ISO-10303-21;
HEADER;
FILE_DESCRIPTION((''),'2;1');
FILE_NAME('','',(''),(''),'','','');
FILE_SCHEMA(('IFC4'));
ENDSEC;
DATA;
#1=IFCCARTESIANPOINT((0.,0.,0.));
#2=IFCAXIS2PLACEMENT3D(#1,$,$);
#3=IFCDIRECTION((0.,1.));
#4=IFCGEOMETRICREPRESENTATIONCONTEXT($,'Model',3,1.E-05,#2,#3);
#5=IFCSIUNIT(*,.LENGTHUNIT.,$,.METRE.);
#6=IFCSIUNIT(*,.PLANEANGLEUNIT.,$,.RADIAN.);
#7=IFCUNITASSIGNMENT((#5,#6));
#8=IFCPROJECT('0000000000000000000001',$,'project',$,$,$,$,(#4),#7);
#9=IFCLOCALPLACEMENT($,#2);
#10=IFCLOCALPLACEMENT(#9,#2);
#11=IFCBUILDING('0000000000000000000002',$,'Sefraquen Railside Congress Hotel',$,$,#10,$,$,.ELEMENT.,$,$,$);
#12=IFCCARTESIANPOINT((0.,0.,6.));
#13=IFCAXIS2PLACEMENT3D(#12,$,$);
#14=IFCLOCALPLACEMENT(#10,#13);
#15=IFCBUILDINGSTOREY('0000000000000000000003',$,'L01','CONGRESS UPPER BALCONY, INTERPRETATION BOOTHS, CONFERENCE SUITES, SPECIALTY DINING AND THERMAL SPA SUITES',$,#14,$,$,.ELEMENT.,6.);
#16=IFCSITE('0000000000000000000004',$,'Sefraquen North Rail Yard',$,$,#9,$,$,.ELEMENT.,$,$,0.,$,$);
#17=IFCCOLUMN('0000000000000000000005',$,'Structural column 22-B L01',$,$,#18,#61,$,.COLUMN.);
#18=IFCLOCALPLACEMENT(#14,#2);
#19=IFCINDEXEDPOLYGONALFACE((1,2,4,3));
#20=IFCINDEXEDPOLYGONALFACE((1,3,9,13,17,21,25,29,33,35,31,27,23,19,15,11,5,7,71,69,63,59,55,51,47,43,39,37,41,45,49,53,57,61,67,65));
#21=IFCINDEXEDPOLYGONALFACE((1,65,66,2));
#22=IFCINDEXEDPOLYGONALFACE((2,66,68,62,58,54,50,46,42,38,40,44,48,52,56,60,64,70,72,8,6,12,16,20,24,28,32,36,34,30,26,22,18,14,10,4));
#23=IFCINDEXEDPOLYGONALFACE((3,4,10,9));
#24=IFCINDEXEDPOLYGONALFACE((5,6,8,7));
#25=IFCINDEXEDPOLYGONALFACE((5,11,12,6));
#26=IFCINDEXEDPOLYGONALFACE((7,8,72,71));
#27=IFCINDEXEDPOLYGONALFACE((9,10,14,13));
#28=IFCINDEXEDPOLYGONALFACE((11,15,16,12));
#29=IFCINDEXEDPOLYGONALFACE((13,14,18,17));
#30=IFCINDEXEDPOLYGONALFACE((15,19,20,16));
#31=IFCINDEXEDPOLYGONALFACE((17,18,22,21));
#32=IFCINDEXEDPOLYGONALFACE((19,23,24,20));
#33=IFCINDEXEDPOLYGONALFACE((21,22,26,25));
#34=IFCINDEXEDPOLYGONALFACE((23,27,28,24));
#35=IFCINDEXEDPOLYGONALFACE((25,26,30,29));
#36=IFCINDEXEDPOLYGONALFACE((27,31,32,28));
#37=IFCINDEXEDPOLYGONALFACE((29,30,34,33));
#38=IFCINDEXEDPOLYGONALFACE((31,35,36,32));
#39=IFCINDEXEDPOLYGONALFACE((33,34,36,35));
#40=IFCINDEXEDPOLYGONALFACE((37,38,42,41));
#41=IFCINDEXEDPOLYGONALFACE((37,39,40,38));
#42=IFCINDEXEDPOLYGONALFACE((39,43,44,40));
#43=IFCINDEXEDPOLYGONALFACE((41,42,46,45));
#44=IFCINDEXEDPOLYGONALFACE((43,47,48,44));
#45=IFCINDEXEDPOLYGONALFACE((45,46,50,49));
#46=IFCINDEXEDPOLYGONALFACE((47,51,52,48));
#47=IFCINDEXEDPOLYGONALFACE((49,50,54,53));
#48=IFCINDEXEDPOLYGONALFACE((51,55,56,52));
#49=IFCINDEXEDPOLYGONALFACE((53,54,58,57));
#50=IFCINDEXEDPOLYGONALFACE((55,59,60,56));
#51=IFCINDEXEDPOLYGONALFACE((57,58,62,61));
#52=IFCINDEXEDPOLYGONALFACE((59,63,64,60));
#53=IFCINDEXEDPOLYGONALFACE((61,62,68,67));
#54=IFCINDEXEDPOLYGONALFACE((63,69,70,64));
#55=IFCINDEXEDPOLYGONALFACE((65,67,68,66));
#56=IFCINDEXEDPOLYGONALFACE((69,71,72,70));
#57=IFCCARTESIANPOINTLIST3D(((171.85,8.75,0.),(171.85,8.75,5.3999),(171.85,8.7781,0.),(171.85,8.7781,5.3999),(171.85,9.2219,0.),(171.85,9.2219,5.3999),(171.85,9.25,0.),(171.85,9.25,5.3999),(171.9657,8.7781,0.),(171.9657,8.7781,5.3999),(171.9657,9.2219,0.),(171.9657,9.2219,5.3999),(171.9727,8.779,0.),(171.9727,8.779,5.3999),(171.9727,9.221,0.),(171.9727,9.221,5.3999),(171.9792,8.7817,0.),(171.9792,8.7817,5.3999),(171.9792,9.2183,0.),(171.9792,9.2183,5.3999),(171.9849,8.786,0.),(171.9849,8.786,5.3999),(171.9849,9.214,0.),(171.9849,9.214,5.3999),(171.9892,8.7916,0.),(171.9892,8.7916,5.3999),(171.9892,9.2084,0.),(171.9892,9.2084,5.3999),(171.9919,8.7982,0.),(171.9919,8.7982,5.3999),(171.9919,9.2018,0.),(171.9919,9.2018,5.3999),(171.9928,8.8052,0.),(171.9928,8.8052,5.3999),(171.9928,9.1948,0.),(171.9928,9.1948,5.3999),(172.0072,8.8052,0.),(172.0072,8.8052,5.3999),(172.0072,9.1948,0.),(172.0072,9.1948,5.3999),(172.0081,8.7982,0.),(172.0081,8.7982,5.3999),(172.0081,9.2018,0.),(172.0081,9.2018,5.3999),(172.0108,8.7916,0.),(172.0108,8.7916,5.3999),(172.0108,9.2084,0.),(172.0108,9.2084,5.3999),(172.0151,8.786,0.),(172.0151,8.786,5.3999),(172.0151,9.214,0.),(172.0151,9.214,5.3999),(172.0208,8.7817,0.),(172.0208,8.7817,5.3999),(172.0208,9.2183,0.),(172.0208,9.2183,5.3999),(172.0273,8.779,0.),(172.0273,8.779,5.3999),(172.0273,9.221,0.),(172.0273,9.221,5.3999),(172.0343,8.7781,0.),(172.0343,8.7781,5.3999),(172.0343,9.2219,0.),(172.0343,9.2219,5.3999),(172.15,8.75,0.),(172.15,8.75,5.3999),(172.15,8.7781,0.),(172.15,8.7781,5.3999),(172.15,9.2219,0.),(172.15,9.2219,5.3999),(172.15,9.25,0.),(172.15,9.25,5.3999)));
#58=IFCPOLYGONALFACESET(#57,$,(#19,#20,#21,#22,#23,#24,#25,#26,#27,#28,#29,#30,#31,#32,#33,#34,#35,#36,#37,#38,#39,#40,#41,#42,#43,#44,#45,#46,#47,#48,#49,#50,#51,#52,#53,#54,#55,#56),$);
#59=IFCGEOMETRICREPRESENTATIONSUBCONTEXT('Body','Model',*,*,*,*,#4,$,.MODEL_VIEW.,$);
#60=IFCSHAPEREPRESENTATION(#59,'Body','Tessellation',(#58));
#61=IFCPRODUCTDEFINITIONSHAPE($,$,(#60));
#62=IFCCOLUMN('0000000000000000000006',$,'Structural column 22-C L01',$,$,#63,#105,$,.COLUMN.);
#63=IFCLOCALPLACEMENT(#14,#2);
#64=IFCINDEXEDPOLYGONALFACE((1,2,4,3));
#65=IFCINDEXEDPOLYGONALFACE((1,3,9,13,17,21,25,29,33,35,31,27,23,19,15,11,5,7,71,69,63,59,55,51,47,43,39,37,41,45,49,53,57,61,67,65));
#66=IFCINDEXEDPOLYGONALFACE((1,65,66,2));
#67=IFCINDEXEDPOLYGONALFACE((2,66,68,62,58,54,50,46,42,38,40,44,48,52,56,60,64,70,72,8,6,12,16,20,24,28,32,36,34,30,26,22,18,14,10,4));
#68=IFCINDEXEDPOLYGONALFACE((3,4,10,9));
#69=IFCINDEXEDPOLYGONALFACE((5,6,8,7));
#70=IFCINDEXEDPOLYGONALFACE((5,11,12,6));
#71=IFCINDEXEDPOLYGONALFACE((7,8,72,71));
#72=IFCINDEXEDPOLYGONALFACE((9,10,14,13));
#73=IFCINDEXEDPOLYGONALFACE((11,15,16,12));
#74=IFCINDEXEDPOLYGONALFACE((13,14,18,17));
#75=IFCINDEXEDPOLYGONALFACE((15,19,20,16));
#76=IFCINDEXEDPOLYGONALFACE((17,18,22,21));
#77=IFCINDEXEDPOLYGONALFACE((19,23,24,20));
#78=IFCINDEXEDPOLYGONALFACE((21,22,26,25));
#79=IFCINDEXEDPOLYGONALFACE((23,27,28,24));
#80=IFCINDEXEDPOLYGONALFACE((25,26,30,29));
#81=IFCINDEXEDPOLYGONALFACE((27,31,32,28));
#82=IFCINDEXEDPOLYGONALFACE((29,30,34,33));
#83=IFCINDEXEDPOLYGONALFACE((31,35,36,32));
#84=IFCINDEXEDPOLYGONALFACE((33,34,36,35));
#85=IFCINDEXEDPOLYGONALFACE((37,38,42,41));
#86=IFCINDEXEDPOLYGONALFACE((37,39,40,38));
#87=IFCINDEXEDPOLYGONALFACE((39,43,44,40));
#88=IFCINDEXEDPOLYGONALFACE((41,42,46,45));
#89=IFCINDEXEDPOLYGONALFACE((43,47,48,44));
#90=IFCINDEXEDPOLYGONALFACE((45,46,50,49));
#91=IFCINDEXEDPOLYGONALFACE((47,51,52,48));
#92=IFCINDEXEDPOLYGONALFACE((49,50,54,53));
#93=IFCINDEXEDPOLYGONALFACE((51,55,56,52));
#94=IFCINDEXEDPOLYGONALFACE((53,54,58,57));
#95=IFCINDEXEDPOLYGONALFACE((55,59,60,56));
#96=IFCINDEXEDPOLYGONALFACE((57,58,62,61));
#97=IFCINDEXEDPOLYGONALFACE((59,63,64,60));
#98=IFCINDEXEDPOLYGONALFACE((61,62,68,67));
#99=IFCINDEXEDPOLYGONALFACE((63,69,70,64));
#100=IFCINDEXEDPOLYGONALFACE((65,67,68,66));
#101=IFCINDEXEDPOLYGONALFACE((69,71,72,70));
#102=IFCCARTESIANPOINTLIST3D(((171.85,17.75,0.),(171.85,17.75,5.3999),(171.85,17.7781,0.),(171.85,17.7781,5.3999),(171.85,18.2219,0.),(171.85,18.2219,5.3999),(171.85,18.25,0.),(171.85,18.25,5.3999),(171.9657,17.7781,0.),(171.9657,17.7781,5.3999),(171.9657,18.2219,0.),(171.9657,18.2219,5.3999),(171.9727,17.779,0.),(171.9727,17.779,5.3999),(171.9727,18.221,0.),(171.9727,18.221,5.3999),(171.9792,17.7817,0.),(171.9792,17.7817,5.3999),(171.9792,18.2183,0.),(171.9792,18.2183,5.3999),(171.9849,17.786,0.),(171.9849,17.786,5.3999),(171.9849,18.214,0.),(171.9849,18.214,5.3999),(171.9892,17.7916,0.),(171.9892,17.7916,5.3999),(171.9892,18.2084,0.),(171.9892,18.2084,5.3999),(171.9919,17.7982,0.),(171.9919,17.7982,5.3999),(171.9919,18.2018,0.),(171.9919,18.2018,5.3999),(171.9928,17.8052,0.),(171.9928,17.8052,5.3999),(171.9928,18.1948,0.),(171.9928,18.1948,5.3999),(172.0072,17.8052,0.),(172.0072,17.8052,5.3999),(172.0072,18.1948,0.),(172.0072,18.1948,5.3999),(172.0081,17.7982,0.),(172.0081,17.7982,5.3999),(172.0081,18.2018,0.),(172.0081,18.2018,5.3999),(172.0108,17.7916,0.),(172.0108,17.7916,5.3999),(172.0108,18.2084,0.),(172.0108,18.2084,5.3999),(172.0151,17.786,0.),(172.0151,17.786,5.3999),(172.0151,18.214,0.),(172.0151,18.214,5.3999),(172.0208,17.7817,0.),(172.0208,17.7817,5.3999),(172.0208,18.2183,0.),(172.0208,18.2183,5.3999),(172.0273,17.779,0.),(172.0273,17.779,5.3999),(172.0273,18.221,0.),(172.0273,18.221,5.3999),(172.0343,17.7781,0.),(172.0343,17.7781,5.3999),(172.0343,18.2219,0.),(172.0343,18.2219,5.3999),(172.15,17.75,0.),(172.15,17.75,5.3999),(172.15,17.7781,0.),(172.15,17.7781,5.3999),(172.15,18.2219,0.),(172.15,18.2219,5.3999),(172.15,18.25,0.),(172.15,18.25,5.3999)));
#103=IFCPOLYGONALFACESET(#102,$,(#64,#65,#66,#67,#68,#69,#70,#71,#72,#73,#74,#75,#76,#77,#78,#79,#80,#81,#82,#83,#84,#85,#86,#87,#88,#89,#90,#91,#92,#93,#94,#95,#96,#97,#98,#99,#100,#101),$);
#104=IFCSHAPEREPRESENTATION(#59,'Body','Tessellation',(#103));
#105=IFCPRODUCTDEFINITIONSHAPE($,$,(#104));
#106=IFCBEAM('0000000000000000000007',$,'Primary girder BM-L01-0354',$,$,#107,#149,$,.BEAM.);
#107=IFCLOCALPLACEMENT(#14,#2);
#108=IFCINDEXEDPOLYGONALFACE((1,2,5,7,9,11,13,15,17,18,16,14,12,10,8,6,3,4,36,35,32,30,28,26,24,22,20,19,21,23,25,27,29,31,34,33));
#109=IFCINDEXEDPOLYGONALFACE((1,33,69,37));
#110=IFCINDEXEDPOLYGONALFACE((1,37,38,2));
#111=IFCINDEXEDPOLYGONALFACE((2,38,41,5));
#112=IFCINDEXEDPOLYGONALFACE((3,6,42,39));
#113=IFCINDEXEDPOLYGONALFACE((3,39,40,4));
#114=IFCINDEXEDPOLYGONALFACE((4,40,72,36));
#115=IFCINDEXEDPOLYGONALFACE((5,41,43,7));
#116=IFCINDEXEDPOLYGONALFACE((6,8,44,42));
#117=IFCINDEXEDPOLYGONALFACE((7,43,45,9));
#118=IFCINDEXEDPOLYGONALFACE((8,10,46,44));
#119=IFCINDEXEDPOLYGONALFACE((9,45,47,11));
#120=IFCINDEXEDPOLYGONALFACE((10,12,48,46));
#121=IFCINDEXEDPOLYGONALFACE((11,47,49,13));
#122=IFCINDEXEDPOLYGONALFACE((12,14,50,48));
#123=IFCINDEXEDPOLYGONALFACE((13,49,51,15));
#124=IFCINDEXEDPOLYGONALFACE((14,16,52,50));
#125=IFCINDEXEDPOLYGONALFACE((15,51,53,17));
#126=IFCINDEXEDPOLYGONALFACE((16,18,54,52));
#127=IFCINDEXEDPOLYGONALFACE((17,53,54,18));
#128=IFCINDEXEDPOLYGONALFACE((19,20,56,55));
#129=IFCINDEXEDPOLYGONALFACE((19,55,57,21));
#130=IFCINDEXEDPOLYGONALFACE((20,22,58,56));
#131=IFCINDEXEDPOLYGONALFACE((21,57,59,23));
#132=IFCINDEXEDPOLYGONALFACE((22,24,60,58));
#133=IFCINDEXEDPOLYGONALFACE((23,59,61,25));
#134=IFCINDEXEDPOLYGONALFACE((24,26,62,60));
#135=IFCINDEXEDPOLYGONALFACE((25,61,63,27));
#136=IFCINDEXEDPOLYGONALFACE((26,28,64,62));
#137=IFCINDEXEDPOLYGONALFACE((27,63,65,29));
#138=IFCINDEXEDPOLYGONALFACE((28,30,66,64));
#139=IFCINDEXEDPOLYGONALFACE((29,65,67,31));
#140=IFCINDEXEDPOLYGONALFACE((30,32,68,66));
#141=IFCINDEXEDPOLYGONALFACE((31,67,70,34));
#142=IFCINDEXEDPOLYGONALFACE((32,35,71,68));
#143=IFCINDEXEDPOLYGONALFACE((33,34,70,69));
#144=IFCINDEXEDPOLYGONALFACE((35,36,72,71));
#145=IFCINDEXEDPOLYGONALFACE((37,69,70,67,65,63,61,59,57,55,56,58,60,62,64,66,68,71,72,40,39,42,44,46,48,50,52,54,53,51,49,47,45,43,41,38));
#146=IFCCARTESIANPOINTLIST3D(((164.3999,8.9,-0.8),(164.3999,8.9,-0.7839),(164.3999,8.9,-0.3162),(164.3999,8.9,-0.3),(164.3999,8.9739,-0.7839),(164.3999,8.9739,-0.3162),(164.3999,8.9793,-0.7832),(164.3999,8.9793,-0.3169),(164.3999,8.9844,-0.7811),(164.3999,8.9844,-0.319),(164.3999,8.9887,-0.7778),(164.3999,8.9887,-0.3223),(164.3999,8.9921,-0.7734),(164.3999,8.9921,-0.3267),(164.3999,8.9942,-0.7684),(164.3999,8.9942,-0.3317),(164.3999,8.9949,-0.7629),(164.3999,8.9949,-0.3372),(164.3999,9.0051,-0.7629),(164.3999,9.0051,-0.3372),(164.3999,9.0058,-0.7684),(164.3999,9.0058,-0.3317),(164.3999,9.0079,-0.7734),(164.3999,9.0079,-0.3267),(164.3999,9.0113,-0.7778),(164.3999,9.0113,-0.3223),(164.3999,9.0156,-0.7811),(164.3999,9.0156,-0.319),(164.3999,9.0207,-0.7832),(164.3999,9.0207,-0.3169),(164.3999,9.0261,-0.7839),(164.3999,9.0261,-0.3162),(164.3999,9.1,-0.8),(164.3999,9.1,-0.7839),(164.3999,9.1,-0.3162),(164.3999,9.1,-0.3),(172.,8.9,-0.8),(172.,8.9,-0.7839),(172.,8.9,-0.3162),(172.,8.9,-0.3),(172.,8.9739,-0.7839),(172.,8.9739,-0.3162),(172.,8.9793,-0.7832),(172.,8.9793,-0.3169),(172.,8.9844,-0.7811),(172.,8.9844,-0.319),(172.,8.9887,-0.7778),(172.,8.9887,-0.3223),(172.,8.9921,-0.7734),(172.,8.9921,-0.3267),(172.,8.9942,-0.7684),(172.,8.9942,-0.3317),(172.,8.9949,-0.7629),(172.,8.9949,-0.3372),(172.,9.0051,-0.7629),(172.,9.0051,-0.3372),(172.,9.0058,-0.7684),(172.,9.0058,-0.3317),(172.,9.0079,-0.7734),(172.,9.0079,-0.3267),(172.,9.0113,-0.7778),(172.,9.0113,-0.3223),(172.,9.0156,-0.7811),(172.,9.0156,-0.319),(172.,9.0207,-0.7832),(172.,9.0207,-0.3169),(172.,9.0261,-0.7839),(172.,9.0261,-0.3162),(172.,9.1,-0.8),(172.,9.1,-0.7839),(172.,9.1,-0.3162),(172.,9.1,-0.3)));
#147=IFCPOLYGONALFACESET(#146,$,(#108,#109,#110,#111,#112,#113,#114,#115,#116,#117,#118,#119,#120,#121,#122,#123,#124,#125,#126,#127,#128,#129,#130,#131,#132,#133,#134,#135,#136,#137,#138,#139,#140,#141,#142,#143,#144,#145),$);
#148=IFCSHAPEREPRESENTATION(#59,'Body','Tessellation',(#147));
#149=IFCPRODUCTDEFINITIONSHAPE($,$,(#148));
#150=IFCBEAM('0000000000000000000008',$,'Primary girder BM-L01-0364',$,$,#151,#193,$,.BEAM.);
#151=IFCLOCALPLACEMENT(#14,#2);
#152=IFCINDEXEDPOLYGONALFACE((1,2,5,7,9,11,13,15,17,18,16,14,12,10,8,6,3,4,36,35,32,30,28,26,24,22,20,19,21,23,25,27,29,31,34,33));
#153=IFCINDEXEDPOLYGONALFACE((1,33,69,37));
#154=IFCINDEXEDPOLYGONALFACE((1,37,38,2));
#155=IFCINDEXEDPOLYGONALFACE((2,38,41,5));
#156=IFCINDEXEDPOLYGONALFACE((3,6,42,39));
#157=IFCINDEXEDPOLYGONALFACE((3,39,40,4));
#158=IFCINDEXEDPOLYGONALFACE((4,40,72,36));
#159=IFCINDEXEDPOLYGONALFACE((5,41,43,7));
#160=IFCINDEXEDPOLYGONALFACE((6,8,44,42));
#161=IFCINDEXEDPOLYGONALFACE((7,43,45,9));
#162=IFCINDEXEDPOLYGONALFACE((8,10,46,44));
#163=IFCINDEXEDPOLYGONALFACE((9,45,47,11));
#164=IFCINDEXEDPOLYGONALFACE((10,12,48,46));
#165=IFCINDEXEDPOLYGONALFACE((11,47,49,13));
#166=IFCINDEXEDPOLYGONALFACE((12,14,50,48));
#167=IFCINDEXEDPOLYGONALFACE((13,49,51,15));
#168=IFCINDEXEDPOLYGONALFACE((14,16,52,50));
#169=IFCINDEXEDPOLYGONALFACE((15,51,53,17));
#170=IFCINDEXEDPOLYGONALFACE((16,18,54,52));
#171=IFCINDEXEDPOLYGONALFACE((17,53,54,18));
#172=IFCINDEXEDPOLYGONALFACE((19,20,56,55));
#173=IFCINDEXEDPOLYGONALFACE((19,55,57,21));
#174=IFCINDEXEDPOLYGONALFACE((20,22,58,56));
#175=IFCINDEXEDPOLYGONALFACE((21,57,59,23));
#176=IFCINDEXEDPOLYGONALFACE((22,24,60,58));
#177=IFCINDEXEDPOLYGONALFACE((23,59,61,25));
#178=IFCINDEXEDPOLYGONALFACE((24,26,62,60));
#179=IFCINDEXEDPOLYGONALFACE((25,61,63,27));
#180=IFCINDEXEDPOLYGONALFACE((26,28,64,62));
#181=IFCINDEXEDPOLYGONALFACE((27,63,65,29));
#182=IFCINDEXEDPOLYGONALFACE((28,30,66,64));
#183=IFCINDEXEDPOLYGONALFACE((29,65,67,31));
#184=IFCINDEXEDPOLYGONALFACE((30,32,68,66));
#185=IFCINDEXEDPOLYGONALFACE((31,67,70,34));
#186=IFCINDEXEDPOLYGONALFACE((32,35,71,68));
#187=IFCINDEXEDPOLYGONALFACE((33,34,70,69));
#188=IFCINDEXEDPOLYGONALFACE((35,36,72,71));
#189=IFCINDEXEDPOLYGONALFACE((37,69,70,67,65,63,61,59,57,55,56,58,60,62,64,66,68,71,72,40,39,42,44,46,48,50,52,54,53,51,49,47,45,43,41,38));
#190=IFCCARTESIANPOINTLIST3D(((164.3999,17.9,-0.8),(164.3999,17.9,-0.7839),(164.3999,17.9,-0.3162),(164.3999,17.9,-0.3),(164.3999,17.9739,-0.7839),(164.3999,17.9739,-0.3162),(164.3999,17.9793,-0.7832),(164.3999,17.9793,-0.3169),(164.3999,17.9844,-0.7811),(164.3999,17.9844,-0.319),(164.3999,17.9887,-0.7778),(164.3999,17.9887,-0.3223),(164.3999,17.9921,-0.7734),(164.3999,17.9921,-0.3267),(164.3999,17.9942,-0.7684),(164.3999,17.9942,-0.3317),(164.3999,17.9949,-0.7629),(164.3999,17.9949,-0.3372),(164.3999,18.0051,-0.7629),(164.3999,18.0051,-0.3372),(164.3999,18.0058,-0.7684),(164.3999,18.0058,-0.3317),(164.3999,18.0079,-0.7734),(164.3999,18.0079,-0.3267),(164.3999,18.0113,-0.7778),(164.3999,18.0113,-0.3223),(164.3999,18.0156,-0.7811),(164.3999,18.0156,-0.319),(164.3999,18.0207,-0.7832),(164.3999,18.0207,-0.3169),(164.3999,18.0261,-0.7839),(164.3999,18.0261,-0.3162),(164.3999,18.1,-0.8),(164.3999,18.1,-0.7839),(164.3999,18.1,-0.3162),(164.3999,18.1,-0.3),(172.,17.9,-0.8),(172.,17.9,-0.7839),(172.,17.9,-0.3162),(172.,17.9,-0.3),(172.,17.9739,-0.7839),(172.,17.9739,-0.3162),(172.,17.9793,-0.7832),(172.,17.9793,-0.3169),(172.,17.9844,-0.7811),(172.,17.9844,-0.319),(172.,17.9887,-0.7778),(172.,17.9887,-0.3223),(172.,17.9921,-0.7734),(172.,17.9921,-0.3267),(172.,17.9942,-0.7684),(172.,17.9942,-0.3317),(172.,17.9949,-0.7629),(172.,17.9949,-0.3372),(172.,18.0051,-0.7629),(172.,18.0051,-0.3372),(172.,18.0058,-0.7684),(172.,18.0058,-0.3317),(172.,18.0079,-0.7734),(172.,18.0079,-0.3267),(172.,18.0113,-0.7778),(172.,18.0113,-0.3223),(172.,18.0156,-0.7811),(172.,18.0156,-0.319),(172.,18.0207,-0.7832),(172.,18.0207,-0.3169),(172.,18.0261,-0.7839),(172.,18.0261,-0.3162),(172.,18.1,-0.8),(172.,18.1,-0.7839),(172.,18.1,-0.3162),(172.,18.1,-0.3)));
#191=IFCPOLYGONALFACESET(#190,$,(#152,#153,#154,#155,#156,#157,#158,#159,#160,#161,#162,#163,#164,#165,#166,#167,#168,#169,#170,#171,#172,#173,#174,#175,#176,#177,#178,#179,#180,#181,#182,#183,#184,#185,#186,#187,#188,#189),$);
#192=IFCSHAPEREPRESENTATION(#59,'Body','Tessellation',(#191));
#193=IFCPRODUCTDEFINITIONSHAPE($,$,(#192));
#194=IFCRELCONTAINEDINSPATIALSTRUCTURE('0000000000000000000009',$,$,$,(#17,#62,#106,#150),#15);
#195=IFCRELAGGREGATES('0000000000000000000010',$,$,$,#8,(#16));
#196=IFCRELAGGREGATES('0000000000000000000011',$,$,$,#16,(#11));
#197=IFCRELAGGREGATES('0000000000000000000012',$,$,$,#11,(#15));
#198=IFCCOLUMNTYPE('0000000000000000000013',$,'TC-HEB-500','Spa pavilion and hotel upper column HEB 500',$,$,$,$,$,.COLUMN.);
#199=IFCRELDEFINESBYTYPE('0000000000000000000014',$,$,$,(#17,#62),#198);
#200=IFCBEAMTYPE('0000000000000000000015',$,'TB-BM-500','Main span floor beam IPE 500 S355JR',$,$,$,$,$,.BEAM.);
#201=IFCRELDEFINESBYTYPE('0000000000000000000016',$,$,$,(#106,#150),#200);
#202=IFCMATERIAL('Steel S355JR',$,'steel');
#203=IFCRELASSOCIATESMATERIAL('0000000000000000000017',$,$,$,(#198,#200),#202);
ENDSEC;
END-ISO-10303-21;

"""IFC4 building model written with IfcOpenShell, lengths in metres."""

from ifc_helpers import new_model, si_unit, direction, frame, origin, origin_2d, place, context, subcontext, project, spatial, i_section, extrude, material, material_profile, profile_set, type_object, element, save


model = new_model("IFC4")

# Units and contexts
model_context = context("Model", 3, precision=1e-05, world=origin(), true_north=direction((0.0, 1.0)))
body_context = subcontext(model_context, "Body", "Model", "MODEL_VIEW")
ifc_project = project(units=[si_unit("LENGTHUNIT", "METRE"), si_unit("PLANEANGLEUNIT", "RADIAN")], contexts=[model_context])

# Site, building, storey
site_placement = place(None, origin())
site = spatial("IfcSite", under=ifc_project, at=site_placement, Name="Sefraquen North Rail Yard", CompositionType="ELEMENT", RefElevation=0.0)
building_placement = place(site_placement, origin())
building = spatial("IfcBuilding", under=site, at=building_placement, Name="Sefraquen Railside Congress Hotel", CompositionType="ELEMENT")
storey_placement = place(building_placement, frame((0.0, 0.0, 6.0)))
storey = spatial("IfcBuildingStorey", under=building, at=storey_placement, Name="L01", Description="CONGRESS UPPER BALCONY, INTERPRETATION BOOTHS, CONFERENCE SUITES, SPECIALTY DINING AND THERMAL SPA SUITES", CompositionType="ELEMENT", Elevation=6.0)

# Columns
ifc_material_1 = material(Name="Steel S355JR", Category="steel")
ifc_material_profile_1 = material_profile(ifc_material_1, i_section(OverallWidth=0.3, OverallDepth=0.5, WebThickness=0.0144, FlangeThickness=0.0281, FilletRadius=0.0271, at=origin_2d()), Name="HEB 500")
ifc_profile_set_1 = profile_set([ifc_material_profile_1], Name="Steel S355JR")
column_type = type_object("IfcColumnType", Name="TC-HEB-500", Description="Spa pavilion and hotel upper column HEB 500", PredefinedType="COLUMN", material=ifc_profile_set_1)
for number, where, z_axis, x_axis, name in (
    (1, (172.0, 9.0, 0.0), (0.0, 0.0, 1.0), (1.0, 0.0, 0.0), "Structural column 22-B L01"),
    (2, (172.0, 18.0, 0.0), (0.0, 0.0, 1.0), (1.0, 0.0, 0.0), "Structural column 22-C L01"),
):
    element("IfcColumn", number, at=place(storey_placement, frame(where, z_axis=z_axis, x_axis=x_axis)), inside=storey, type_object=column_type, Name=name, PredefinedType="COLUMN", context=body_context, shape_type="SweptSolid", body=[
        extrude(i_section(OverallWidth=0.3, OverallDepth=0.5, WebThickness=0.0144, FlangeThickness=0.0281, FilletRadius=0.0271, at=origin_2d()), origin(), (0.0, 0.0, 1.0), 5.3999),
    ])

# Beams
ifc_material_profile_2 = material_profile(ifc_material_1, i_section(OverallWidth=0.2, OverallDepth=0.5, WebThickness=0.0103, FlangeThickness=0.0161, FilletRadius=0.021, at=origin_2d()), Name="IPE 500")
ifc_profile_set_2 = profile_set([ifc_material_profile_2], Name="Steel S355JR")
beam_type_1 = type_object("IfcBeamType", Name="TB-BM-500", Description="Main span floor beam IPE 500 S355JR", PredefinedType="BEAM", material=ifc_profile_set_2)
for number, where, z_axis, x_axis, name in (
    (3, (164.3999, 9.0, -0.55), (1.0, 0.0, 0.0), (0.0, 1.0, 0.0), "Primary girder BM-L01-0354"),
    (4, (164.3999, 18.0, -0.55), (1.0, 0.0, 0.0), (0.0, 1.0, 0.0), "Primary girder BM-L01-0364"),
):
    element("IfcBeam", number, at=place(storey_placement, frame(where, z_axis=z_axis, x_axis=x_axis)), inside=storey, type_object=beam_type_1, Name=name, PredefinedType="BEAM", context=body_context, shape_type="SweptSolid", body=[
        extrude(i_section(OverallWidth=0.2, OverallDepth=0.5, WebThickness=0.0103, FlangeThickness=0.0161, FilletRadius=0.021, at=origin_2d()), origin(), (0.0, 0.0, 1.0), 7.6001),
    ])

save(model, "model.ifc")
